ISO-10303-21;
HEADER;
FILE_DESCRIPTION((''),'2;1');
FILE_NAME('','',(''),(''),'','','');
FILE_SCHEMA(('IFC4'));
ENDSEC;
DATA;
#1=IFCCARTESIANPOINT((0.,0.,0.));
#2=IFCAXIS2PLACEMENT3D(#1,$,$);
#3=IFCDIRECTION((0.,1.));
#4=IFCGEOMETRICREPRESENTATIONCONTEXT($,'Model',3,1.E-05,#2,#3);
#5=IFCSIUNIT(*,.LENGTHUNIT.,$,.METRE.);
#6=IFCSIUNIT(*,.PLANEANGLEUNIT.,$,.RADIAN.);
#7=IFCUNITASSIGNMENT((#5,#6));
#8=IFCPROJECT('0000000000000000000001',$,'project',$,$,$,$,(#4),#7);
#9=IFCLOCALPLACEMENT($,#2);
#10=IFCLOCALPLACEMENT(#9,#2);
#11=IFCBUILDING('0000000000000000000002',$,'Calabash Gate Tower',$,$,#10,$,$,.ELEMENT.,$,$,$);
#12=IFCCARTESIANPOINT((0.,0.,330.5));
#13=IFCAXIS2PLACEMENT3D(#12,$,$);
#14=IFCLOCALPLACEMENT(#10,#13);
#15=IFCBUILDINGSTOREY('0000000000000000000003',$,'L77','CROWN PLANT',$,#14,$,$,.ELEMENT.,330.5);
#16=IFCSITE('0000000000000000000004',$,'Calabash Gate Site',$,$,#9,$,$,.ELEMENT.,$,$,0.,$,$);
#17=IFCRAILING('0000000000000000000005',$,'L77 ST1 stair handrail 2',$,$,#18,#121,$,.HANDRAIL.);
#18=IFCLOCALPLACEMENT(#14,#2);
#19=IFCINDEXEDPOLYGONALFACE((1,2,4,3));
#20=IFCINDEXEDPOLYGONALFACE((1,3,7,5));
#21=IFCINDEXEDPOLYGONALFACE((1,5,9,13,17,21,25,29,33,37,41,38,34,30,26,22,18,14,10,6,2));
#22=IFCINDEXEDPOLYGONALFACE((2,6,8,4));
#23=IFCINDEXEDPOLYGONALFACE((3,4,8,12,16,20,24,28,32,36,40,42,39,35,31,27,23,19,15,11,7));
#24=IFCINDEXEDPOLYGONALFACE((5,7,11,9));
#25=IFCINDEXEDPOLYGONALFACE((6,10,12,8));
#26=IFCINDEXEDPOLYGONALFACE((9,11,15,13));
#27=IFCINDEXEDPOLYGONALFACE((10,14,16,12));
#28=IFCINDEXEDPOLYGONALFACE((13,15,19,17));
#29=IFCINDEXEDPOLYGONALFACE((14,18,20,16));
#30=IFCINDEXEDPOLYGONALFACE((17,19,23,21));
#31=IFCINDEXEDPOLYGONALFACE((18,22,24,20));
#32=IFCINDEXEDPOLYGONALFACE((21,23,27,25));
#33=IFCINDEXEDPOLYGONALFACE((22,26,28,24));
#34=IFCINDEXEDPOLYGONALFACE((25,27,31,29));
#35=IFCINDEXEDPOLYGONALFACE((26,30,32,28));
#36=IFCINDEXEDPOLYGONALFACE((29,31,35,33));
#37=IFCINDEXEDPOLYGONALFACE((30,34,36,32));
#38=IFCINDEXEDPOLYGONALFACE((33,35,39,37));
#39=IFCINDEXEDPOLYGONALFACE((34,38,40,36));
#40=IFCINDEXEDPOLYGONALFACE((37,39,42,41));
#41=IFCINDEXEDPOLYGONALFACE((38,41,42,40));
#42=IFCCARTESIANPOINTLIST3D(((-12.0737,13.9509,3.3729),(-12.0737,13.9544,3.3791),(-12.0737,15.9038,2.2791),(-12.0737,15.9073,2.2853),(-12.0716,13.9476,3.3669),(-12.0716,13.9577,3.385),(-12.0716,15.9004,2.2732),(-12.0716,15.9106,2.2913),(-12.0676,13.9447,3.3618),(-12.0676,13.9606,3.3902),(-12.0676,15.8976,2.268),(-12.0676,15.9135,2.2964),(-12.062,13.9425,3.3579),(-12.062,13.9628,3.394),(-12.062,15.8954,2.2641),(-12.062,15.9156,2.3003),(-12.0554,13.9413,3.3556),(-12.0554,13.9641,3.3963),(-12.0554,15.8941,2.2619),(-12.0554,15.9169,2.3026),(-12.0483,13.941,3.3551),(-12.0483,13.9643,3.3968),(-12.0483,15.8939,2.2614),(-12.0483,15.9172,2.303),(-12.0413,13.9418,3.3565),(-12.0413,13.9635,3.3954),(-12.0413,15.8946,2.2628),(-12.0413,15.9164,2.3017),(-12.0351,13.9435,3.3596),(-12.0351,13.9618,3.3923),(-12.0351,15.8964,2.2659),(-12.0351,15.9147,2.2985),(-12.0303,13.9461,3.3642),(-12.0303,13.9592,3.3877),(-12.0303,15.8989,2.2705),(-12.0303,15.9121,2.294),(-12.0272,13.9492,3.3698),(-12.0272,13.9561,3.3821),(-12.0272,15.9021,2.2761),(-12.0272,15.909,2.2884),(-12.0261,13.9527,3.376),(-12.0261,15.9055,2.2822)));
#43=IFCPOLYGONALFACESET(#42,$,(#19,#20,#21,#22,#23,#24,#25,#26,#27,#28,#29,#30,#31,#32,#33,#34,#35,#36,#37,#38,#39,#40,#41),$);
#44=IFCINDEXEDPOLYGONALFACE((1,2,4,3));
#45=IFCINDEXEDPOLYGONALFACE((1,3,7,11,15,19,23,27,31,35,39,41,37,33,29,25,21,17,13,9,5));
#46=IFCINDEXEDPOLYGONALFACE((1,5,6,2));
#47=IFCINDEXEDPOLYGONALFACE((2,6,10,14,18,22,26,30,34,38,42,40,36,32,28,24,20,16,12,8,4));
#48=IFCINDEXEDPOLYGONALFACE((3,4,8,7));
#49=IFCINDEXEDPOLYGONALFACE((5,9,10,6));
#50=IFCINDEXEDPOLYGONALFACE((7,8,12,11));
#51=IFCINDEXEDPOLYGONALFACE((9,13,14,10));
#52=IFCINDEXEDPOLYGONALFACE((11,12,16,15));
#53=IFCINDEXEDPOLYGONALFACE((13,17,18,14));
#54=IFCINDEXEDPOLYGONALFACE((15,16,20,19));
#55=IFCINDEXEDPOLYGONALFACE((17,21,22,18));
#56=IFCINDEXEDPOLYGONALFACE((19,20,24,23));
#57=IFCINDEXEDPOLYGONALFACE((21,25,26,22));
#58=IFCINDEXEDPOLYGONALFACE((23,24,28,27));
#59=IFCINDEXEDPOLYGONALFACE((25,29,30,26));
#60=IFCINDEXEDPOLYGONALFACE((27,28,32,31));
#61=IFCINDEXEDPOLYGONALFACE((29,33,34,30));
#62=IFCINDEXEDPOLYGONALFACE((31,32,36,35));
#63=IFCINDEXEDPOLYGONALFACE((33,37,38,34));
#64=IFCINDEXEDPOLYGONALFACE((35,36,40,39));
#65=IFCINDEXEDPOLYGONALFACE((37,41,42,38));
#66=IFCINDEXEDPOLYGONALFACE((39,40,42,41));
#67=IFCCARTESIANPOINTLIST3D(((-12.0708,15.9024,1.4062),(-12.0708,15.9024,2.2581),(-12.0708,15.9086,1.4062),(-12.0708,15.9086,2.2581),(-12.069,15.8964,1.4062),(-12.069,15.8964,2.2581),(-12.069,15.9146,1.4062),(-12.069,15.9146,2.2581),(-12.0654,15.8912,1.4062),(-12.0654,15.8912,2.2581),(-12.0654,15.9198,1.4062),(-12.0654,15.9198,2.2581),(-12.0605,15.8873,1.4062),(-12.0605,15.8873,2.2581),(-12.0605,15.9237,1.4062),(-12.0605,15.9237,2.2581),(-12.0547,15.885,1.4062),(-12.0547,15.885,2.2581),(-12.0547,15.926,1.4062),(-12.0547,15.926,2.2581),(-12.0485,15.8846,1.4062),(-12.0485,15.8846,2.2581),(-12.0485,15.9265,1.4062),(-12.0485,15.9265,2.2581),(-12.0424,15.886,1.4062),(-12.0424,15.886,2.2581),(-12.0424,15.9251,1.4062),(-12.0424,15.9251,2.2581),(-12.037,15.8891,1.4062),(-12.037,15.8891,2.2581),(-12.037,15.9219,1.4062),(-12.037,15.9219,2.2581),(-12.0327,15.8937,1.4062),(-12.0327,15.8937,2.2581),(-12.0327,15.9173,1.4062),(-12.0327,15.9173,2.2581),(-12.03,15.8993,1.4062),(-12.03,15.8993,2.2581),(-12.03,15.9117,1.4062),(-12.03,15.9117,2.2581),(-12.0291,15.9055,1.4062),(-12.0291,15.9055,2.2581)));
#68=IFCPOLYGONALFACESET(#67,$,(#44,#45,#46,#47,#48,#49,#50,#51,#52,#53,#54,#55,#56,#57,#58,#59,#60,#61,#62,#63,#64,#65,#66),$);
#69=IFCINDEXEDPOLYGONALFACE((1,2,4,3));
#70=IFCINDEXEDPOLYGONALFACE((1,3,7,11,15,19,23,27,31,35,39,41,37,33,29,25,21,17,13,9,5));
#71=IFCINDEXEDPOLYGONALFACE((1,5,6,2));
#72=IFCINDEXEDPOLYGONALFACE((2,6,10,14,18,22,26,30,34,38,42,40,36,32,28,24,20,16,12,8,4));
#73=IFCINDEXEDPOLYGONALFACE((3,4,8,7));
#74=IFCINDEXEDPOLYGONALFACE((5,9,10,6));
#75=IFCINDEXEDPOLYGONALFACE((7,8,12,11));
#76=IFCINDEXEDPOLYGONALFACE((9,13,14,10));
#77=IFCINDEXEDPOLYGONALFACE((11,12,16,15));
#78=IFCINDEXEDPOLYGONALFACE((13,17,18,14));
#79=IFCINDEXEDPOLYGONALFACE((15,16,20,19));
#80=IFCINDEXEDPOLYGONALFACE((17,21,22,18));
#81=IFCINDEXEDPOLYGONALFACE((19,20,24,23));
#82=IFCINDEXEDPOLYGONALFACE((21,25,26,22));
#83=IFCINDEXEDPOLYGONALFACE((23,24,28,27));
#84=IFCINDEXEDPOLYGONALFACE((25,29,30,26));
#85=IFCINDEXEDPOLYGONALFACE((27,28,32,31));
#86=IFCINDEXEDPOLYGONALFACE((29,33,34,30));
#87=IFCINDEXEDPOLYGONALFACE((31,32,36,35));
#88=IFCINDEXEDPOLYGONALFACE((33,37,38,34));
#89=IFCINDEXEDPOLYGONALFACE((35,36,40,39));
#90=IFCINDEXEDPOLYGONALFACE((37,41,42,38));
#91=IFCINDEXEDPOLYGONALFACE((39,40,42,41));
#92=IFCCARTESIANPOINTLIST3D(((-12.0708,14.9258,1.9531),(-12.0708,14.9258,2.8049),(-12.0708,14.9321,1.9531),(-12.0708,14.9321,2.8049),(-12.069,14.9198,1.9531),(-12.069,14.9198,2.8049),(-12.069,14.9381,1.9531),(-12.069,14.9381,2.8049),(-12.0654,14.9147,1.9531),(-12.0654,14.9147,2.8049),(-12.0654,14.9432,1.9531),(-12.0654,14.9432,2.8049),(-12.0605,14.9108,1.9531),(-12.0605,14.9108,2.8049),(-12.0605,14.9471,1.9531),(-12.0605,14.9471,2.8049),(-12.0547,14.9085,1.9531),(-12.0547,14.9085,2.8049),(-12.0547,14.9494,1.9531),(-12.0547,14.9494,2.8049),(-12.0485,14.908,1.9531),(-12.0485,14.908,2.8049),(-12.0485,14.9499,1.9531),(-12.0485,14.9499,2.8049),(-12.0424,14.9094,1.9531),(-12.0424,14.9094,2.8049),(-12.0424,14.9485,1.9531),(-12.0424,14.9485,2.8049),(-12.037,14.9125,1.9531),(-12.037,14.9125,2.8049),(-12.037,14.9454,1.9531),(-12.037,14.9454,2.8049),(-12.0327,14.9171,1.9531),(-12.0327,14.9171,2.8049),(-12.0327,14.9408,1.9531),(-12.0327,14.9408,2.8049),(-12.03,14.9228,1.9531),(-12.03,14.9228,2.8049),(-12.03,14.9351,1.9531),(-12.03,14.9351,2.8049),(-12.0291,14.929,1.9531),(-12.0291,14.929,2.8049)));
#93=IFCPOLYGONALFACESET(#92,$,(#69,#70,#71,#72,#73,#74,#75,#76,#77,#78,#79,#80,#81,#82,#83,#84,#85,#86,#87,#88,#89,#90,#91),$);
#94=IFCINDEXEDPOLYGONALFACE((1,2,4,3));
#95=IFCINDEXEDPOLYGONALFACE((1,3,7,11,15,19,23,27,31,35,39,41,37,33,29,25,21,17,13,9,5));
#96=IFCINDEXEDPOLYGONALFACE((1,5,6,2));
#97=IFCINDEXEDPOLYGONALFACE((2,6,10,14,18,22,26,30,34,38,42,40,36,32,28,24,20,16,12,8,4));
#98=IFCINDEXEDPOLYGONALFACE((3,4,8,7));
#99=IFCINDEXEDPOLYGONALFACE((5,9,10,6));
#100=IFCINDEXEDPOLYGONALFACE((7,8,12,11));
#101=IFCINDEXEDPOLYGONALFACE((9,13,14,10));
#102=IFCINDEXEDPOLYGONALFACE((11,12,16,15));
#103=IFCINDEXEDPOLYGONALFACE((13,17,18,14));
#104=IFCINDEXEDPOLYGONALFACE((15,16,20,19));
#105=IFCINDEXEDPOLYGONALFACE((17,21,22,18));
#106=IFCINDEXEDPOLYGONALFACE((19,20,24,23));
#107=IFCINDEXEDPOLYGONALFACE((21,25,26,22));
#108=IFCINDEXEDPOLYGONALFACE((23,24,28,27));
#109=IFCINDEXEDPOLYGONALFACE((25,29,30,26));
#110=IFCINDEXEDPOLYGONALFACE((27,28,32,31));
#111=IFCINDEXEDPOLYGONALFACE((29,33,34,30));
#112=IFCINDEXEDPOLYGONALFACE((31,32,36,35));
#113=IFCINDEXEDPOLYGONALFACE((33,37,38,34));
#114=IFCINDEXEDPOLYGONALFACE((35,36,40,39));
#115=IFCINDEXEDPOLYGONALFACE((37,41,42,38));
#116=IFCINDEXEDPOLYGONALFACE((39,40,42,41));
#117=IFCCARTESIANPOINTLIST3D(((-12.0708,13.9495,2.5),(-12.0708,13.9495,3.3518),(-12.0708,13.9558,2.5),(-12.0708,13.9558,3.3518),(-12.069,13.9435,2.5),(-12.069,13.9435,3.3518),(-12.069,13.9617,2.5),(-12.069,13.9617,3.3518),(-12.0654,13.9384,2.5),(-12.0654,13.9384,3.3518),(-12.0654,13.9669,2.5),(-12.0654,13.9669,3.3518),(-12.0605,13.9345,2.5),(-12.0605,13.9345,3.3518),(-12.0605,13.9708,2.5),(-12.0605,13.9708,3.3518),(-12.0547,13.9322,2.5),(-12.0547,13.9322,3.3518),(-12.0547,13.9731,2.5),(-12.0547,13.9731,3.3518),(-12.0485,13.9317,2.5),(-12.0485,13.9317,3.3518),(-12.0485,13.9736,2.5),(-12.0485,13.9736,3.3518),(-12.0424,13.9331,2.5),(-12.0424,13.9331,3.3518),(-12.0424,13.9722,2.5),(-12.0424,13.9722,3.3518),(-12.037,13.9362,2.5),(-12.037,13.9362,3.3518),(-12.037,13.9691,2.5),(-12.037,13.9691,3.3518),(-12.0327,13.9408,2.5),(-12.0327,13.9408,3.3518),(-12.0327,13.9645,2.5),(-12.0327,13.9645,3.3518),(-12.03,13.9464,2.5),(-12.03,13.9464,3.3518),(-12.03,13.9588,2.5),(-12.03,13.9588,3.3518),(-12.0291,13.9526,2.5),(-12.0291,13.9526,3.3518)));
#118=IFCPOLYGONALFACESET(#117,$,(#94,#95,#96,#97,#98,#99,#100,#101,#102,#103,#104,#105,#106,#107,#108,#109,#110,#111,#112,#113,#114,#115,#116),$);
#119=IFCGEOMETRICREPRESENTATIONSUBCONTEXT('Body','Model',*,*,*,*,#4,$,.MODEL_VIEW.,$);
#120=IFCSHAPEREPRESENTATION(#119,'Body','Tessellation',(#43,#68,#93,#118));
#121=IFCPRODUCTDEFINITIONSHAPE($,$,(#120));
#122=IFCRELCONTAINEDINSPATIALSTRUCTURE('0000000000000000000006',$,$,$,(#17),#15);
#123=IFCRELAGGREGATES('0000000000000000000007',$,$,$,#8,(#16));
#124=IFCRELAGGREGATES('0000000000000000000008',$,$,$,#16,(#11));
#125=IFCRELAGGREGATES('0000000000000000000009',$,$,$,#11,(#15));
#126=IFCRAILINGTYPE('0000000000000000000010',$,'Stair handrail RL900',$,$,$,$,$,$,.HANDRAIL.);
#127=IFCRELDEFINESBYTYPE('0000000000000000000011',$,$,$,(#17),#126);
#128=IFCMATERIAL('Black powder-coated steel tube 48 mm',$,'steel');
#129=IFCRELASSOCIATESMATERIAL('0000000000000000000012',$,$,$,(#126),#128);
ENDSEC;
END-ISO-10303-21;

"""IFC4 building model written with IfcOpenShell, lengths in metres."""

from ifc_helpers import new_model, si_unit, direction, frame, origin, origin_2d, place, context, subcontext, project, spatial, circle, extrude, material, type_object, element, save


model = new_model("IFC4")

# Units and contexts
model_context = context("Model", 3, precision=1e-05, world=origin(), true_north=direction((0.0, 1.0)))
body_context = subcontext(model_context, "Body", "Model", "MODEL_VIEW")
ifc_project = project(units=[si_unit("LENGTHUNIT", "METRE"), si_unit("PLANEANGLEUNIT", "RADIAN")], contexts=[model_context])

# Site, building, storey
site_placement = place(None, origin())
site = spatial("IfcSite", under=ifc_project, at=site_placement, Name="Calabash Gate Site", CompositionType="ELEMENT", RefElevation=0.0)
building_placement = place(site_placement, origin())
building = spatial("IfcBuilding", under=site, at=building_placement, Name="Calabash Gate Tower", CompositionType="ELEMENT")
storey_placement = place(building_placement, frame((0.0, 0.0, 330.5)))
storey = spatial("IfcBuildingStorey", under=building, at=storey_placement, Name="L77", Description="CROWN PLANT", CompositionType="ELEMENT", Elevation=330.5)

# Railing
ifc_material_1 = material(Name="Black powder-coated steel tube 48 mm", Category="steel")
railing_type_1 = type_object("IfcRailingType", Name="Stair handrail RL900", PredefinedType="HANDRAIL", material=ifc_material_1)
railing_1_placement = place(storey_placement, frame((-12.05, 15.9055, 1.4062)))
element("IfcRailing", 1, at=railing_1_placement, inside=storey, type_object=railing_type_1, Name="L77 ST1 stair handrail 2", PredefinedType="HANDRAIL", context=body_context, shape_type="SweptSolid", body=[
    extrude(circle(Radius=0.0239, at=origin_2d()), frame((0.0, 0.0, 0.876), z_axis=(0.0, -0.87248, 0.48865), x_axis=(1.0, 0.0, 0.0)), (0.0, 0.0, 1.0), 2.2383),
    extrude(circle(Radius=0.021, at=origin_2d()), origin(), (0.0, 0.0, 1.0), 0.8518),
    extrude(circle(Radius=0.021, at=origin_2d()), frame((0.0, -0.9766, 0.5469)), (0.0, 0.0, 1.0), 0.8518),
    extrude(circle(Radius=0.021, at=origin_2d()), frame((0.0, -1.9529, 1.0938)), (0.0, 0.0, 1.0), 0.8518),
])

save(model, "model.ifc")
